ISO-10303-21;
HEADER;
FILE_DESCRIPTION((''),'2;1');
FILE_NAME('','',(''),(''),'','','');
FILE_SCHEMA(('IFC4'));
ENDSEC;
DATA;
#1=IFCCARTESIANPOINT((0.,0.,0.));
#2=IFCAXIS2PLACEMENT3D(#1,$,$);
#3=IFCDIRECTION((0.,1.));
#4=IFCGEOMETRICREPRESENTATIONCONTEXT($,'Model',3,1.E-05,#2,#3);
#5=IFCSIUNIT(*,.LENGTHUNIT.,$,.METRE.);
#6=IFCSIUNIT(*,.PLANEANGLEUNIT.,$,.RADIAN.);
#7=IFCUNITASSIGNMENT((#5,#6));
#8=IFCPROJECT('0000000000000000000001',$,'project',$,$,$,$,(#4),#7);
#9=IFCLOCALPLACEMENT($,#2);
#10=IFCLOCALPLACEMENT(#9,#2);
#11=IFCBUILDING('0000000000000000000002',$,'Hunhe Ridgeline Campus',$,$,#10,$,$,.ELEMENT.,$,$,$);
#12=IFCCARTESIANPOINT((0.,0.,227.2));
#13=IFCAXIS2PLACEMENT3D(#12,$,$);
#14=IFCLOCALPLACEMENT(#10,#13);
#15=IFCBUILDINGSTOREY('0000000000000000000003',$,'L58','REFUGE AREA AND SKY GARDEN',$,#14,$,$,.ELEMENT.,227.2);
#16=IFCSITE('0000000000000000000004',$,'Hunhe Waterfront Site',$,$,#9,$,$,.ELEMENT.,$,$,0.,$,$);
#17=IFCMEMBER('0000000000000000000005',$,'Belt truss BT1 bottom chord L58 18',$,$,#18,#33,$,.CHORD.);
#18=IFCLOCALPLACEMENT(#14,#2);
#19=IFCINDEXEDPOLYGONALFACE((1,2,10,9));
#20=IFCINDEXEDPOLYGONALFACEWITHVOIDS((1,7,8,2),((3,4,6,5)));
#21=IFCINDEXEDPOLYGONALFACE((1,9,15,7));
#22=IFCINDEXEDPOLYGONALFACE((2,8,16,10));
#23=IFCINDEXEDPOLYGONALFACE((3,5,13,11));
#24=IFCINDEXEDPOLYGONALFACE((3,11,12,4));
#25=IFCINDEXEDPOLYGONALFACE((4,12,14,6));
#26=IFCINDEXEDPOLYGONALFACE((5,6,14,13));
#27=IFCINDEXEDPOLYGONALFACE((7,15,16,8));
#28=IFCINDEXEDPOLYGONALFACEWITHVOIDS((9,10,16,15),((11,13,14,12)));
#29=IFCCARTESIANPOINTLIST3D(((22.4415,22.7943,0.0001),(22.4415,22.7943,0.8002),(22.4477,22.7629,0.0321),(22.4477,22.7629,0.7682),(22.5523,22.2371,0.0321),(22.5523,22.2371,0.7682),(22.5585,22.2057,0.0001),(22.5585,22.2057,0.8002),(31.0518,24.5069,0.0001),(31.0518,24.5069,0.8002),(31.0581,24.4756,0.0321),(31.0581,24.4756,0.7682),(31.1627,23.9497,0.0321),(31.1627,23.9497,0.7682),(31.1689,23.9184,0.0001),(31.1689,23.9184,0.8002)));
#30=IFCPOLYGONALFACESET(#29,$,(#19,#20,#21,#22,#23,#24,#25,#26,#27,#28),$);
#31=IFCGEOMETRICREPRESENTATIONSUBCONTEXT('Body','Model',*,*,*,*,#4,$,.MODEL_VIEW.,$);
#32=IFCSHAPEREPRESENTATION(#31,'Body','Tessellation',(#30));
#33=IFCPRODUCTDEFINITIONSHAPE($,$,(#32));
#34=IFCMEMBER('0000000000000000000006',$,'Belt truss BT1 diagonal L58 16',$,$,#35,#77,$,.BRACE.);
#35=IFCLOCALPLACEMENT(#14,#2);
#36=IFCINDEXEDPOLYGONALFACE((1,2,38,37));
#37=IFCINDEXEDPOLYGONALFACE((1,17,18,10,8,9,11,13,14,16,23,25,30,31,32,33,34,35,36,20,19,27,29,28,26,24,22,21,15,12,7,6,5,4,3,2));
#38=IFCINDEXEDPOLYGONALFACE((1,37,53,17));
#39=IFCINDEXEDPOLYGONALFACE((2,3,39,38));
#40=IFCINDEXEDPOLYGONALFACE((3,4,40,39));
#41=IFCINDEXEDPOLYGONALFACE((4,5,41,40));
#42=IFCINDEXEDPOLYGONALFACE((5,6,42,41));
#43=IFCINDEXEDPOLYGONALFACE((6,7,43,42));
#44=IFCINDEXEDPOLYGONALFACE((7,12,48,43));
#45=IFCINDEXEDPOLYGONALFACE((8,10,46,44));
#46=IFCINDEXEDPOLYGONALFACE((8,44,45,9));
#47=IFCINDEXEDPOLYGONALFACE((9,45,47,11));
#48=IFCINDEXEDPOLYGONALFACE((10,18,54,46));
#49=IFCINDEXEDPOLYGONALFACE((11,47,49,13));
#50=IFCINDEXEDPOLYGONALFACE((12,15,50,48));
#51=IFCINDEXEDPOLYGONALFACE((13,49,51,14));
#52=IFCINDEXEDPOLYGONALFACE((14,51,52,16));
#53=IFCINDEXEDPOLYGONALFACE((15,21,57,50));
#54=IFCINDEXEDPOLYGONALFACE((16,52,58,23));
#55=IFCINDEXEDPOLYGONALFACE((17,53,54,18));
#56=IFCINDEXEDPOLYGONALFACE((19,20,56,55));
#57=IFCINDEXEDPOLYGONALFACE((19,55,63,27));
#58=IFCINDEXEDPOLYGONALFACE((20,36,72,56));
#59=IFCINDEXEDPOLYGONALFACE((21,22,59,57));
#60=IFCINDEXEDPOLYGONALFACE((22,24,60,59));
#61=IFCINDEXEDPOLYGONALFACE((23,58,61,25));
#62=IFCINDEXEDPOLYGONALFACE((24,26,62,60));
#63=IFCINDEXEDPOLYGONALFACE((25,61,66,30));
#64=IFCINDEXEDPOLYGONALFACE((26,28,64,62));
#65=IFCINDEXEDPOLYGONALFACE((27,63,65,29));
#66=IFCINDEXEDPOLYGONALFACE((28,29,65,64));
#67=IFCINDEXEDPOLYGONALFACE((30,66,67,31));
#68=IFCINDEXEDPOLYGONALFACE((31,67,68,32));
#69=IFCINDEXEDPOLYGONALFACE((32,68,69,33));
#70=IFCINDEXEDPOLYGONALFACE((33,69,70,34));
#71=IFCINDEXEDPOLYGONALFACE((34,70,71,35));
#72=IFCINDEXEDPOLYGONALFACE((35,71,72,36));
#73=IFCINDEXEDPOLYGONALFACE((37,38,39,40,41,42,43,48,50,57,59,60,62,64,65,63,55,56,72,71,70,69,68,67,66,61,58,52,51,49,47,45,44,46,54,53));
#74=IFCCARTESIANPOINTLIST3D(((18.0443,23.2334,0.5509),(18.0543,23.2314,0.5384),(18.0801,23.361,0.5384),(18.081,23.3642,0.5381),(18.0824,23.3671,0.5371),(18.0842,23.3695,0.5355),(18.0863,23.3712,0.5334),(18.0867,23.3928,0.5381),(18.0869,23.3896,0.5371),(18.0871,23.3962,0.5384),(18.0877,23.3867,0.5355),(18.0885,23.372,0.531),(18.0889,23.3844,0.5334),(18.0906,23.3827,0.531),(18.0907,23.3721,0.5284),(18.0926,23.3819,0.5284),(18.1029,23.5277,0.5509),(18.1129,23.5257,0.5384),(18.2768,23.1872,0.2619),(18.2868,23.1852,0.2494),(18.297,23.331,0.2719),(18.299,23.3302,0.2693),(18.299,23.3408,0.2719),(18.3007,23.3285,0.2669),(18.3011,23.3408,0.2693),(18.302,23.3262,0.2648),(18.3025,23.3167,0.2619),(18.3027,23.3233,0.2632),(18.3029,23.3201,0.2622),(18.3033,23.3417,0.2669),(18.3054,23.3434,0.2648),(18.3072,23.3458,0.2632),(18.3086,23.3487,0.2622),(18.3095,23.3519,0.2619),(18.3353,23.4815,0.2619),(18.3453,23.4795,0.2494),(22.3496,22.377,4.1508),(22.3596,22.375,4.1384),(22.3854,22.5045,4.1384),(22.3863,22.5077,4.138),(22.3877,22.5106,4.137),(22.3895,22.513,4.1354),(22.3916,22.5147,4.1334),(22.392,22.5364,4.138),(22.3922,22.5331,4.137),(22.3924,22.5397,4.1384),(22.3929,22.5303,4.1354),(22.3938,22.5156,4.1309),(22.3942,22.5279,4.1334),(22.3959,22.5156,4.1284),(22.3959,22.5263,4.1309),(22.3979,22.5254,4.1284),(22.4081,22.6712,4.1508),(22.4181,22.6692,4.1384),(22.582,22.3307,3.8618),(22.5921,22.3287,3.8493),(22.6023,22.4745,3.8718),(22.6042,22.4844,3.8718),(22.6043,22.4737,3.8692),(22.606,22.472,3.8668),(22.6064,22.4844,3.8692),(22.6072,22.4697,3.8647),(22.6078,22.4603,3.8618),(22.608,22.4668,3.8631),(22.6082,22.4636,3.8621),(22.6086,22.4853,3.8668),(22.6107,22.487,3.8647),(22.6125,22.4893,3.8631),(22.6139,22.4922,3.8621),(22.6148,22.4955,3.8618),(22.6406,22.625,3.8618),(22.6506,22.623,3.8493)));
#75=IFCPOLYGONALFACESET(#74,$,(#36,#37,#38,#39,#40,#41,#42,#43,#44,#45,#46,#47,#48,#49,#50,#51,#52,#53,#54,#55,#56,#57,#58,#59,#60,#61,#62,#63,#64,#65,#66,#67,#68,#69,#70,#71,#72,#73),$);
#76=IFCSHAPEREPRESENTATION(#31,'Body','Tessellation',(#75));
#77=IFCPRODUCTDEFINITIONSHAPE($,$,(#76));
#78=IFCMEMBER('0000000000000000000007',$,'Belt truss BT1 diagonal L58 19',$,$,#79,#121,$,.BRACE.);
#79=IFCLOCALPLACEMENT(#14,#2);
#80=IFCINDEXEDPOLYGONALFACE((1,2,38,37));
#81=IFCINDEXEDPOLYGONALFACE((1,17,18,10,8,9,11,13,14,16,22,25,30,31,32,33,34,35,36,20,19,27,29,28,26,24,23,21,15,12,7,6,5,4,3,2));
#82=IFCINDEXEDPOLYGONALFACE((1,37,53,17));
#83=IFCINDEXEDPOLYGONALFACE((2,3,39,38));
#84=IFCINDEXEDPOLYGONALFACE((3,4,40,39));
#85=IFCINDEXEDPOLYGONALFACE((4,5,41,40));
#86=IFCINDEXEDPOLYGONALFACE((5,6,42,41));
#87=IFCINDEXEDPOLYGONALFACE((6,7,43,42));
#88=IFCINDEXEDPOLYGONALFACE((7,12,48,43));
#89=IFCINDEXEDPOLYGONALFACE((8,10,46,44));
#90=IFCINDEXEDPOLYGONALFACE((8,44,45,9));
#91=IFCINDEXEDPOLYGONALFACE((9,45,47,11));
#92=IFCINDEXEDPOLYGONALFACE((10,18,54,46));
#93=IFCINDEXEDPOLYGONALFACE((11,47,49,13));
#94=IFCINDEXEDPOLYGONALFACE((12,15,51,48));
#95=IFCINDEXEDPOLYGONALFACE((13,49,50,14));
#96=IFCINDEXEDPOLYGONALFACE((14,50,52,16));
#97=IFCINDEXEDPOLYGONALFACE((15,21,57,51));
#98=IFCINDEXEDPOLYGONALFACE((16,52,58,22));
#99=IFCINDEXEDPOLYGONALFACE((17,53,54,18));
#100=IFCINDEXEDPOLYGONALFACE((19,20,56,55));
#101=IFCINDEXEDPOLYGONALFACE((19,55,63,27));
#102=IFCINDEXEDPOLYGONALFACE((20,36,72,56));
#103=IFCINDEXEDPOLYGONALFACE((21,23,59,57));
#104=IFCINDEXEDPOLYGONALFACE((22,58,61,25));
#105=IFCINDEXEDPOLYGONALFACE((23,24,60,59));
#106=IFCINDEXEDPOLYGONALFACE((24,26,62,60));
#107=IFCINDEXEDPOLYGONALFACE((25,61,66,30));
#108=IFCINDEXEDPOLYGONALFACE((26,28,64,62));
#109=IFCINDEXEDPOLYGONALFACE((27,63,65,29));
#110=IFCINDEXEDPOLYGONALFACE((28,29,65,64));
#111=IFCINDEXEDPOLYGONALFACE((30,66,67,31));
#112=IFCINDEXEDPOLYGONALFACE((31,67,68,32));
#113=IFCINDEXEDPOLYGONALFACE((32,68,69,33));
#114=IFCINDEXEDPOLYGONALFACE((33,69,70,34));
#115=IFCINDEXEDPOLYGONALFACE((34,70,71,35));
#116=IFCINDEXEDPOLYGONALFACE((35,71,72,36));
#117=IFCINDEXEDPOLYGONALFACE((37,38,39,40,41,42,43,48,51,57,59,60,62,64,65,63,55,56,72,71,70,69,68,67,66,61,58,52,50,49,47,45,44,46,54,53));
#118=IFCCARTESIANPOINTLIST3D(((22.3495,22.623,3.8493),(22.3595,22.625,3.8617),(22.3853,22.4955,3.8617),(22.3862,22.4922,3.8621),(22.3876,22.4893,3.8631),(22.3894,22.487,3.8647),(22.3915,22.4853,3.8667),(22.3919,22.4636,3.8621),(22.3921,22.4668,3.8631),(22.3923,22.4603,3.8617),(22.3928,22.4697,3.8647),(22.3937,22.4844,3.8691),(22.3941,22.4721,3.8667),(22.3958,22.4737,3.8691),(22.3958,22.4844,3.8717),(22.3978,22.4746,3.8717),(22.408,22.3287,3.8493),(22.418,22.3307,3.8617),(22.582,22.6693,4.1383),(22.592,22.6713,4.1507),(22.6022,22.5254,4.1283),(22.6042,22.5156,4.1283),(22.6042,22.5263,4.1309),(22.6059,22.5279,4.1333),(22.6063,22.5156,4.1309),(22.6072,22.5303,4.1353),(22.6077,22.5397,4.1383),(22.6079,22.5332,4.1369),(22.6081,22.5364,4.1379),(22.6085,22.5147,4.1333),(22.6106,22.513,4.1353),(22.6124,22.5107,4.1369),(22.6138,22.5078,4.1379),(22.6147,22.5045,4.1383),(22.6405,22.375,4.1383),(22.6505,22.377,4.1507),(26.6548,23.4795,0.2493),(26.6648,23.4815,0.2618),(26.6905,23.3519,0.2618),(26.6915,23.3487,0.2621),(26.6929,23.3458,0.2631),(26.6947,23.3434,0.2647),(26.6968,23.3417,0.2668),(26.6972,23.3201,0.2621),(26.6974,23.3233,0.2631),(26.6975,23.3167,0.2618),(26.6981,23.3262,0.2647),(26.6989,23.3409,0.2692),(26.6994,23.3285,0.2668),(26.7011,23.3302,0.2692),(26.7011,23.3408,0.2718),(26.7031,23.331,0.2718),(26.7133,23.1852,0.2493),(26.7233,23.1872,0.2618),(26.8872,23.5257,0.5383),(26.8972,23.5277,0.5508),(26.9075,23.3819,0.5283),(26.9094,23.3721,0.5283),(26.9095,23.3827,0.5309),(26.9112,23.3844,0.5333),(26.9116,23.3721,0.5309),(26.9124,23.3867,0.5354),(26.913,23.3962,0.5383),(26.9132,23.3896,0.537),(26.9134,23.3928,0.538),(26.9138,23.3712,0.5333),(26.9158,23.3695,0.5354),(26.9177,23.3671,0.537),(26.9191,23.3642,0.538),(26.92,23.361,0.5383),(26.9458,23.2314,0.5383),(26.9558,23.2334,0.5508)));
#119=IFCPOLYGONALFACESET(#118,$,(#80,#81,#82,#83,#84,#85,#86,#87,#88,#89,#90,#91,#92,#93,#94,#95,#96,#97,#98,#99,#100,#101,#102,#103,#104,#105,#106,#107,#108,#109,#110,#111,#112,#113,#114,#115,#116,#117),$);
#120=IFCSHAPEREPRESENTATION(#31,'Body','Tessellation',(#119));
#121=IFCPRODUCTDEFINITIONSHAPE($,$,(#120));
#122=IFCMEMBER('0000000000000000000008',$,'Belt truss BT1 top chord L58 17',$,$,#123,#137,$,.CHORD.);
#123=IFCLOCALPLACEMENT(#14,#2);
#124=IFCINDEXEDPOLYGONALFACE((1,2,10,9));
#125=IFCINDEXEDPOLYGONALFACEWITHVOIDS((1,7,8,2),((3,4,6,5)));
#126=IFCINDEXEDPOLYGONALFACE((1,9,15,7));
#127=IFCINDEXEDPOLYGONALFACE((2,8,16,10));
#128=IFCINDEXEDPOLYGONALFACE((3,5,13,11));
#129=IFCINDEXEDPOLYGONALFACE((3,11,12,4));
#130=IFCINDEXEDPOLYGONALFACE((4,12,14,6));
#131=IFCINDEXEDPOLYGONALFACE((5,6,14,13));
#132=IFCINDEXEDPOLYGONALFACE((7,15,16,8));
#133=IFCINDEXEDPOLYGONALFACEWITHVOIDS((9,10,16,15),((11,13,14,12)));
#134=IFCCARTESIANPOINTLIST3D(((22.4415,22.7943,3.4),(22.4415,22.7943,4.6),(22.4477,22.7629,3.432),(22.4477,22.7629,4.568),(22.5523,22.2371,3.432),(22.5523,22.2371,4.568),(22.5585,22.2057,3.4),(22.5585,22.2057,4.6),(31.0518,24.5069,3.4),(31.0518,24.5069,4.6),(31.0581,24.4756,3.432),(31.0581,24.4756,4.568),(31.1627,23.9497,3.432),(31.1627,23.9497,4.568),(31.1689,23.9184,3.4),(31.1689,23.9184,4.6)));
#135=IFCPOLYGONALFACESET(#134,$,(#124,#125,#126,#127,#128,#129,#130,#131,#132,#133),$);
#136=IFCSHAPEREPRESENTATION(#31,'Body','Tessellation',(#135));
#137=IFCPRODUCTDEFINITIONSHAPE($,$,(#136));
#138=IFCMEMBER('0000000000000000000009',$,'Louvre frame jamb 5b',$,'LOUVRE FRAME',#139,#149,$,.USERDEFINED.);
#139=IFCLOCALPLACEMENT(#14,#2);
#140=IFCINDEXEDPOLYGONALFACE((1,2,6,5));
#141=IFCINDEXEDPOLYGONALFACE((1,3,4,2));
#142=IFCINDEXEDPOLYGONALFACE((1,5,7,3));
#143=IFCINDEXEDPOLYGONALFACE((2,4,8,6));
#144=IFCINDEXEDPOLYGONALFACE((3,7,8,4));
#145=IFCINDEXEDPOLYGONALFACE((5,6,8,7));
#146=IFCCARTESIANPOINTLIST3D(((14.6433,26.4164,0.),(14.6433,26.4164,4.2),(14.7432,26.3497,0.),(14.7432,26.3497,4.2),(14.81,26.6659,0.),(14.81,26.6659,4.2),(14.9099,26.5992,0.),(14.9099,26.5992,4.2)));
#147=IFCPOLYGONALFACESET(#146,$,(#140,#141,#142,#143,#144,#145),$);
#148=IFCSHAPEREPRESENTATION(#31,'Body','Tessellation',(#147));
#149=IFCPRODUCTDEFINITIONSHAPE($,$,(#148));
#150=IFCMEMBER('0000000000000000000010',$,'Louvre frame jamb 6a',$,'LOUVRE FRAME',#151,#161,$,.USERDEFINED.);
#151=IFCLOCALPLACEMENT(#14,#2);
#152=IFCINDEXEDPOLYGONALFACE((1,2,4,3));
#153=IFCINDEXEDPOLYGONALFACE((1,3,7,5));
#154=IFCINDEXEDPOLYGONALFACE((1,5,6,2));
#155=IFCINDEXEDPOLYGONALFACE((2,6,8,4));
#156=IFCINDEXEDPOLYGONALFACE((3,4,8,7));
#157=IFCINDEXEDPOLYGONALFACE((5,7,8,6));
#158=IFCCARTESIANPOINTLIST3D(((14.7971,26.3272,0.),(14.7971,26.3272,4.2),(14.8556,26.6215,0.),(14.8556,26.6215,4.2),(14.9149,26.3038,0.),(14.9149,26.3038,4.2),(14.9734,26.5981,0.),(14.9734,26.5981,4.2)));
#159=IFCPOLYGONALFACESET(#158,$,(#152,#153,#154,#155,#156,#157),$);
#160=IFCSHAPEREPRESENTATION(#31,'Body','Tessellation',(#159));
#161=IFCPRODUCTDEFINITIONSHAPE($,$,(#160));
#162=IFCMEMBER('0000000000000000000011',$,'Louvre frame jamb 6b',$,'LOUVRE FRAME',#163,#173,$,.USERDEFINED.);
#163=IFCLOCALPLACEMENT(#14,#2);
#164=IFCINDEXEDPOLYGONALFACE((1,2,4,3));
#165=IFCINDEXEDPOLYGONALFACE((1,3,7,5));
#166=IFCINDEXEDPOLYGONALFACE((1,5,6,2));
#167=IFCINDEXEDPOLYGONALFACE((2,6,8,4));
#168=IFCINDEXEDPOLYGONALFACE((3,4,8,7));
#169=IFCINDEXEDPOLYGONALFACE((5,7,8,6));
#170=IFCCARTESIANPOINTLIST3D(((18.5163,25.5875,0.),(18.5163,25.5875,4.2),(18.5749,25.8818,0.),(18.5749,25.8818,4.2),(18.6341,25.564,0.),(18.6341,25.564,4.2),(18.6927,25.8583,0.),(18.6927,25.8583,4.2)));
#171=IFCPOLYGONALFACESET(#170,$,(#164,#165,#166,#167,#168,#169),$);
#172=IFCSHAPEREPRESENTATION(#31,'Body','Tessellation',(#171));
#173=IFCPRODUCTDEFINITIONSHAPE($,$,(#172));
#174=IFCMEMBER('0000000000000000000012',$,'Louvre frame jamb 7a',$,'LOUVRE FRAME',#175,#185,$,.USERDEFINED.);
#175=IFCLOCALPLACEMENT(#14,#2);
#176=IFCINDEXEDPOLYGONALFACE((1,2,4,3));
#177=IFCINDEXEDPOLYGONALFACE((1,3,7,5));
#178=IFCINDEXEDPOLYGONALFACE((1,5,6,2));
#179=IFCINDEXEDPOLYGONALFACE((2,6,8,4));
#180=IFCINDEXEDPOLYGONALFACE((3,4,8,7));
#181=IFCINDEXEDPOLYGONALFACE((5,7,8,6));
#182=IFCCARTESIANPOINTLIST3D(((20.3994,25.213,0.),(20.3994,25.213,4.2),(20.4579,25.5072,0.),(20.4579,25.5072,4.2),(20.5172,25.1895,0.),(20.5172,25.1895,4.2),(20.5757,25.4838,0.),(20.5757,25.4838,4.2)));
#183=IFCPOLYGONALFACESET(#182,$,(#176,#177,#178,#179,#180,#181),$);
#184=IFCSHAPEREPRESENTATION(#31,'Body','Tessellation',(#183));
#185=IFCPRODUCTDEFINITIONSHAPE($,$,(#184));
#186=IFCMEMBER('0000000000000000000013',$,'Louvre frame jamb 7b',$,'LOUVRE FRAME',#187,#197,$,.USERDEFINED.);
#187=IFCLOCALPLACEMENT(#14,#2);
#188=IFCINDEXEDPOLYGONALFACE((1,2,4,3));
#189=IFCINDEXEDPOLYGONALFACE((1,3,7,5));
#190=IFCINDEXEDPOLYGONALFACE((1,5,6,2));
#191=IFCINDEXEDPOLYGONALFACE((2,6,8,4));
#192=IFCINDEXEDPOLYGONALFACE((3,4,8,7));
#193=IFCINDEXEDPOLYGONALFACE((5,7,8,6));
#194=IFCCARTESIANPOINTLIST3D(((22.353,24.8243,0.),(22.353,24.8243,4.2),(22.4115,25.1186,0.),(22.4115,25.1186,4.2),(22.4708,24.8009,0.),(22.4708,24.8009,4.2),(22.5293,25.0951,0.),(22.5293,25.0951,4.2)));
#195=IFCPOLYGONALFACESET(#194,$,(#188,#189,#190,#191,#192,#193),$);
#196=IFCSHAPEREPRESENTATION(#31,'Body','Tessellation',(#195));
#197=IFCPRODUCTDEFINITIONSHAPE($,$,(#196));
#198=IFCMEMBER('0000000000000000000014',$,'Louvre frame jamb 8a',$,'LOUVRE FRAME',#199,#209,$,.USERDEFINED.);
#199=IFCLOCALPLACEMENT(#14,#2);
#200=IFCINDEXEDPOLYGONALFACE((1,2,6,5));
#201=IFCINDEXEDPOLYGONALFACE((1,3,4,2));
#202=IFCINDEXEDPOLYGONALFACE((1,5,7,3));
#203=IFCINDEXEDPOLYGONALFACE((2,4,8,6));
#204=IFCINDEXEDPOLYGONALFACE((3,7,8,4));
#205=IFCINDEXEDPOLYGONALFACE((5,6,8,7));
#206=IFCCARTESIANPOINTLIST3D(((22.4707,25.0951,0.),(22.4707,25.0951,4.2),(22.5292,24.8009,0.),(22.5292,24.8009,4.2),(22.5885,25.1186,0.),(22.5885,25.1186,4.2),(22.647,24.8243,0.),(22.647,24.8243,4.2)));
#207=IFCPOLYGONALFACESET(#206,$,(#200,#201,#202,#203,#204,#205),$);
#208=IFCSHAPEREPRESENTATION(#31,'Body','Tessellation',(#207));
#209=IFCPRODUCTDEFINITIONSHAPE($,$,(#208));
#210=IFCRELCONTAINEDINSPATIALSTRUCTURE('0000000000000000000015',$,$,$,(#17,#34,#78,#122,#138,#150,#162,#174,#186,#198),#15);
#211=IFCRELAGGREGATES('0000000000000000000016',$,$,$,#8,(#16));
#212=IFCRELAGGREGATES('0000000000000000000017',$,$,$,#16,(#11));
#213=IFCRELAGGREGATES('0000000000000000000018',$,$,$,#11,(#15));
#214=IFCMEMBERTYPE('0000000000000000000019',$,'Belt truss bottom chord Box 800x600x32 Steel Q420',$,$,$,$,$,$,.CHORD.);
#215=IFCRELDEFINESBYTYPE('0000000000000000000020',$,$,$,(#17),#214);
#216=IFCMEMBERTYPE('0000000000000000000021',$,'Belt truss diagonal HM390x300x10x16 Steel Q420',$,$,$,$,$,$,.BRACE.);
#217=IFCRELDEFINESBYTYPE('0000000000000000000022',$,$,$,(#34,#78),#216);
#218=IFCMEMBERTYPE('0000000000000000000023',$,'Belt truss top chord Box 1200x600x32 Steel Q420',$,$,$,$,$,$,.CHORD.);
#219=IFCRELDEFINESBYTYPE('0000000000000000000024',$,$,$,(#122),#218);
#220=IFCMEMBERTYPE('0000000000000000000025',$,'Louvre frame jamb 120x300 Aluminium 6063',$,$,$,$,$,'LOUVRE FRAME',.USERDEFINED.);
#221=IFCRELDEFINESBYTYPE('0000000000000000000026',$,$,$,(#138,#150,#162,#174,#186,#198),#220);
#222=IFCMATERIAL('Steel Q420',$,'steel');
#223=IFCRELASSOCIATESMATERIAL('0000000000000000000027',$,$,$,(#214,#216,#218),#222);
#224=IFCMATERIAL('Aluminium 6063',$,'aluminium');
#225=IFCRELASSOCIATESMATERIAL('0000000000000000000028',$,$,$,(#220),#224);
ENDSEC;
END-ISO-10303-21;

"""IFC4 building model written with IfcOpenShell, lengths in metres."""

from ifc_helpers import new_model, si_unit, direction, frame, origin, origin_2d, place, context, subcontext, project, spatial, rectangle, hollow_rectangle, i_section, extrude, material, material_profile, profile_set, type_object, element, save


model = new_model("IFC4")

# Units and contexts
model_context = context("Model", 3, precision=1e-05, world=origin(), true_north=direction((0.0, 1.0)))
body_context = subcontext(model_context, "Body", "Model", "MODEL_VIEW")
ifc_project = project(units=[si_unit("LENGTHUNIT", "METRE"), si_unit("PLANEANGLEUNIT", "RADIAN")], contexts=[model_context])

# Site, building, storey
site_placement = place(None, origin())
site = spatial("IfcSite", under=ifc_project, at=site_placement, Name="Hunhe Waterfront Site", CompositionType="ELEMENT", RefElevation=0.0)
building_placement = place(site_placement, origin())
building = spatial("IfcBuilding", under=site, at=building_placement, Name="Hunhe Ridgeline Campus", CompositionType="ELEMENT")
storey_placement = place(building_placement, frame((0.0, 0.0, 227.2)))
storey = spatial("IfcBuildingStorey", under=building, at=storey_placement, Name="L58", Description="REFUGE AREA AND SKY GARDEN", CompositionType="ELEMENT", Elevation=227.2)

# Members
ifc_material_1 = material(Name="Steel Q420", Category="steel")
ifc_material_profile_1 = material_profile(ifc_material_1, hollow_rectangle(XDim=0.6001, YDim=0.8, WallThickness=0.032, at=origin_2d()))
ifc_profile_set_1 = profile_set([ifc_material_profile_1], Name="Steel Q420")
member_type_1 = type_object("IfcMemberType", Name="Belt truss bottom chord Box 800x600x32 Steel Q420", PredefinedType="CHORD", material=ifc_profile_set_1)
member_1_placement = place(storey_placement, frame((22.5, 22.5, 0.4001), z_axis=(0.980787, 0.195084, 0.0), x_axis=(-0.195084, 0.980787, 0.0)))
element("IfcMember", 1, at=member_1_placement, inside=storey, type_object=member_type_1, Name="Belt truss BT1 bottom chord L58 18", PredefinedType="CHORD", context=body_context, shape_type="SweptSolid", body=[
    extrude(hollow_rectangle(XDim=0.6001, YDim=0.8, WallThickness=0.032, at=origin_2d()), origin(), (0.0, 0.0, 1.0), 8.7791),
])
ifc_material_profile_2 = material_profile(ifc_material_1, i_section(OverallWidth=0.3, OverallDepth=0.3899, WebThickness=0.01, FlangeThickness=0.0161, FilletRadius=0.0129, at=origin_2d()))
ifc_profile_set_2 = profile_set([ifc_material_profile_2], Name="Steel Q420")
member_type_2 = type_object("IfcMemberType", Name="Belt truss diagonal HM390x300x10x16 Steel Q420", PredefinedType="BRACE", material=ifc_profile_set_2)
for number, where, z_axis, x_axis, name in (
    (2, (18.1948, 23.3564, 0.4001), (0.75837, -0.150865, 0.634125), (0.195111, 0.980781, 0.0), "Belt truss BT1 diagonal L58 16"),
    (3, (22.5, 22.5, 4.0), (0.75837, 0.150865, -0.634125), (-0.195111, 0.980781, 0.0), "Belt truss BT1 diagonal L58 19"),
):
    element("IfcMember", number, at=place(storey_placement, frame(where, z_axis=z_axis, x_axis=x_axis)), inside=storey, type_object=member_type_2, Name=name, PredefinedType="BRACE", context=body_context, shape_type="SweptSolid", body=[
        extrude(i_section(OverallWidth=0.3, OverallDepth=0.3899, WebThickness=0.01, FlangeThickness=0.0161, FilletRadius=0.0129, at=origin_2d()), origin(), (0.0, 0.0, 1.0), 5.677),
    ])
ifc_material_profile_3 = material_profile(ifc_material_1, hollow_rectangle(XDim=0.6001, YDim=1.2, WallThickness=0.032, at=origin_2d()))
ifc_profile_set_3 = profile_set([ifc_material_profile_3], Name="Steel Q420")
member_type_3 = type_object("IfcMemberType", Name="Belt truss top chord Box 1200x600x32 Steel Q420", PredefinedType="CHORD", material=ifc_profile_set_3)
member_2_placement = place(storey_placement, frame((22.5, 22.5, 4.0), z_axis=(0.980787, 0.195084, 0.0), x_axis=(-0.195084, 0.980787, 0.0)))
element("IfcMember", 4, at=member_2_placement, inside=storey, type_object=member_type_3, Name="Belt truss BT1 top chord L58 17", PredefinedType="CHORD", context=body_context, shape_type="SweptSolid", body=[
    extrude(hollow_rectangle(XDim=0.6001, YDim=1.2, WallThickness=0.032, at=origin_2d()), origin(), (0.0, 0.0, 1.0), 8.7791),
])
ifc_material_2 = material(Name="Aluminium 6063", Category="aluminium")
ifc_material_profile_4 = material_profile(ifc_material_2, rectangle(XDim=0.3, YDim=0.1201, at=origin_2d()))
ifc_profile_set_4 = profile_set([ifc_material_profile_4], Name="Aluminium 6063")
member_type_4 = type_object("IfcMemberType", Name="Louvre frame jamb 120x300 Aluminium 6063", ElementType="LOUVRE FRAME", PredefinedType="USERDEFINED", material=ifc_profile_set_4)
for number, where, z_axis, x_axis, name in (
    (5, (14.7766, 26.5078, 0.0), (0.0, 0.0, 1.0), (0.55557, 0.83147, 0.0), "Louvre frame jamb 5b"),
    (6, (14.8853, 26.4626, 0.0), (0.0, 0.0, 1.0), (0.19509, 0.980785, 0.0), "Louvre frame jamb 6a"),
    (7, (18.6045, 25.7229, 0.0), (0.0, 0.0, 1.0), (0.19509, 0.980785, 0.0), "Louvre frame jamb 6b"),
    (8, (20.4875, 25.3484, 0.0), (0.0, 0.0, 1.0), (0.19509, 0.980785, 0.0), "Louvre frame jamb 7a"),
    (9, (22.4412, 24.9597, 0.0), (0.0, 0.0, 1.0), (0.19509, 0.980785, 0.0), "Louvre frame jamb 7b"),
    (10, (22.5588, 24.9597, 0.0), (0.0, 0.0, 1.0), (-0.19509, 0.980785, 0.0), "Louvre frame jamb 8a"),
):
    element("IfcMember", number, at=place(storey_placement, frame(where, z_axis=z_axis, x_axis=x_axis)), inside=storey, type_object=member_type_4, Name=name, ObjectType="LOUVRE FRAME", PredefinedType="USERDEFINED", context=body_context, shape_type="SweptSolid", body=[
        extrude(rectangle(XDim=0.3, YDim=0.1201, at=origin_2d()), origin(), (0.0, 0.0, 1.0), 4.2),
    ])

save(model, "model.ifc")
